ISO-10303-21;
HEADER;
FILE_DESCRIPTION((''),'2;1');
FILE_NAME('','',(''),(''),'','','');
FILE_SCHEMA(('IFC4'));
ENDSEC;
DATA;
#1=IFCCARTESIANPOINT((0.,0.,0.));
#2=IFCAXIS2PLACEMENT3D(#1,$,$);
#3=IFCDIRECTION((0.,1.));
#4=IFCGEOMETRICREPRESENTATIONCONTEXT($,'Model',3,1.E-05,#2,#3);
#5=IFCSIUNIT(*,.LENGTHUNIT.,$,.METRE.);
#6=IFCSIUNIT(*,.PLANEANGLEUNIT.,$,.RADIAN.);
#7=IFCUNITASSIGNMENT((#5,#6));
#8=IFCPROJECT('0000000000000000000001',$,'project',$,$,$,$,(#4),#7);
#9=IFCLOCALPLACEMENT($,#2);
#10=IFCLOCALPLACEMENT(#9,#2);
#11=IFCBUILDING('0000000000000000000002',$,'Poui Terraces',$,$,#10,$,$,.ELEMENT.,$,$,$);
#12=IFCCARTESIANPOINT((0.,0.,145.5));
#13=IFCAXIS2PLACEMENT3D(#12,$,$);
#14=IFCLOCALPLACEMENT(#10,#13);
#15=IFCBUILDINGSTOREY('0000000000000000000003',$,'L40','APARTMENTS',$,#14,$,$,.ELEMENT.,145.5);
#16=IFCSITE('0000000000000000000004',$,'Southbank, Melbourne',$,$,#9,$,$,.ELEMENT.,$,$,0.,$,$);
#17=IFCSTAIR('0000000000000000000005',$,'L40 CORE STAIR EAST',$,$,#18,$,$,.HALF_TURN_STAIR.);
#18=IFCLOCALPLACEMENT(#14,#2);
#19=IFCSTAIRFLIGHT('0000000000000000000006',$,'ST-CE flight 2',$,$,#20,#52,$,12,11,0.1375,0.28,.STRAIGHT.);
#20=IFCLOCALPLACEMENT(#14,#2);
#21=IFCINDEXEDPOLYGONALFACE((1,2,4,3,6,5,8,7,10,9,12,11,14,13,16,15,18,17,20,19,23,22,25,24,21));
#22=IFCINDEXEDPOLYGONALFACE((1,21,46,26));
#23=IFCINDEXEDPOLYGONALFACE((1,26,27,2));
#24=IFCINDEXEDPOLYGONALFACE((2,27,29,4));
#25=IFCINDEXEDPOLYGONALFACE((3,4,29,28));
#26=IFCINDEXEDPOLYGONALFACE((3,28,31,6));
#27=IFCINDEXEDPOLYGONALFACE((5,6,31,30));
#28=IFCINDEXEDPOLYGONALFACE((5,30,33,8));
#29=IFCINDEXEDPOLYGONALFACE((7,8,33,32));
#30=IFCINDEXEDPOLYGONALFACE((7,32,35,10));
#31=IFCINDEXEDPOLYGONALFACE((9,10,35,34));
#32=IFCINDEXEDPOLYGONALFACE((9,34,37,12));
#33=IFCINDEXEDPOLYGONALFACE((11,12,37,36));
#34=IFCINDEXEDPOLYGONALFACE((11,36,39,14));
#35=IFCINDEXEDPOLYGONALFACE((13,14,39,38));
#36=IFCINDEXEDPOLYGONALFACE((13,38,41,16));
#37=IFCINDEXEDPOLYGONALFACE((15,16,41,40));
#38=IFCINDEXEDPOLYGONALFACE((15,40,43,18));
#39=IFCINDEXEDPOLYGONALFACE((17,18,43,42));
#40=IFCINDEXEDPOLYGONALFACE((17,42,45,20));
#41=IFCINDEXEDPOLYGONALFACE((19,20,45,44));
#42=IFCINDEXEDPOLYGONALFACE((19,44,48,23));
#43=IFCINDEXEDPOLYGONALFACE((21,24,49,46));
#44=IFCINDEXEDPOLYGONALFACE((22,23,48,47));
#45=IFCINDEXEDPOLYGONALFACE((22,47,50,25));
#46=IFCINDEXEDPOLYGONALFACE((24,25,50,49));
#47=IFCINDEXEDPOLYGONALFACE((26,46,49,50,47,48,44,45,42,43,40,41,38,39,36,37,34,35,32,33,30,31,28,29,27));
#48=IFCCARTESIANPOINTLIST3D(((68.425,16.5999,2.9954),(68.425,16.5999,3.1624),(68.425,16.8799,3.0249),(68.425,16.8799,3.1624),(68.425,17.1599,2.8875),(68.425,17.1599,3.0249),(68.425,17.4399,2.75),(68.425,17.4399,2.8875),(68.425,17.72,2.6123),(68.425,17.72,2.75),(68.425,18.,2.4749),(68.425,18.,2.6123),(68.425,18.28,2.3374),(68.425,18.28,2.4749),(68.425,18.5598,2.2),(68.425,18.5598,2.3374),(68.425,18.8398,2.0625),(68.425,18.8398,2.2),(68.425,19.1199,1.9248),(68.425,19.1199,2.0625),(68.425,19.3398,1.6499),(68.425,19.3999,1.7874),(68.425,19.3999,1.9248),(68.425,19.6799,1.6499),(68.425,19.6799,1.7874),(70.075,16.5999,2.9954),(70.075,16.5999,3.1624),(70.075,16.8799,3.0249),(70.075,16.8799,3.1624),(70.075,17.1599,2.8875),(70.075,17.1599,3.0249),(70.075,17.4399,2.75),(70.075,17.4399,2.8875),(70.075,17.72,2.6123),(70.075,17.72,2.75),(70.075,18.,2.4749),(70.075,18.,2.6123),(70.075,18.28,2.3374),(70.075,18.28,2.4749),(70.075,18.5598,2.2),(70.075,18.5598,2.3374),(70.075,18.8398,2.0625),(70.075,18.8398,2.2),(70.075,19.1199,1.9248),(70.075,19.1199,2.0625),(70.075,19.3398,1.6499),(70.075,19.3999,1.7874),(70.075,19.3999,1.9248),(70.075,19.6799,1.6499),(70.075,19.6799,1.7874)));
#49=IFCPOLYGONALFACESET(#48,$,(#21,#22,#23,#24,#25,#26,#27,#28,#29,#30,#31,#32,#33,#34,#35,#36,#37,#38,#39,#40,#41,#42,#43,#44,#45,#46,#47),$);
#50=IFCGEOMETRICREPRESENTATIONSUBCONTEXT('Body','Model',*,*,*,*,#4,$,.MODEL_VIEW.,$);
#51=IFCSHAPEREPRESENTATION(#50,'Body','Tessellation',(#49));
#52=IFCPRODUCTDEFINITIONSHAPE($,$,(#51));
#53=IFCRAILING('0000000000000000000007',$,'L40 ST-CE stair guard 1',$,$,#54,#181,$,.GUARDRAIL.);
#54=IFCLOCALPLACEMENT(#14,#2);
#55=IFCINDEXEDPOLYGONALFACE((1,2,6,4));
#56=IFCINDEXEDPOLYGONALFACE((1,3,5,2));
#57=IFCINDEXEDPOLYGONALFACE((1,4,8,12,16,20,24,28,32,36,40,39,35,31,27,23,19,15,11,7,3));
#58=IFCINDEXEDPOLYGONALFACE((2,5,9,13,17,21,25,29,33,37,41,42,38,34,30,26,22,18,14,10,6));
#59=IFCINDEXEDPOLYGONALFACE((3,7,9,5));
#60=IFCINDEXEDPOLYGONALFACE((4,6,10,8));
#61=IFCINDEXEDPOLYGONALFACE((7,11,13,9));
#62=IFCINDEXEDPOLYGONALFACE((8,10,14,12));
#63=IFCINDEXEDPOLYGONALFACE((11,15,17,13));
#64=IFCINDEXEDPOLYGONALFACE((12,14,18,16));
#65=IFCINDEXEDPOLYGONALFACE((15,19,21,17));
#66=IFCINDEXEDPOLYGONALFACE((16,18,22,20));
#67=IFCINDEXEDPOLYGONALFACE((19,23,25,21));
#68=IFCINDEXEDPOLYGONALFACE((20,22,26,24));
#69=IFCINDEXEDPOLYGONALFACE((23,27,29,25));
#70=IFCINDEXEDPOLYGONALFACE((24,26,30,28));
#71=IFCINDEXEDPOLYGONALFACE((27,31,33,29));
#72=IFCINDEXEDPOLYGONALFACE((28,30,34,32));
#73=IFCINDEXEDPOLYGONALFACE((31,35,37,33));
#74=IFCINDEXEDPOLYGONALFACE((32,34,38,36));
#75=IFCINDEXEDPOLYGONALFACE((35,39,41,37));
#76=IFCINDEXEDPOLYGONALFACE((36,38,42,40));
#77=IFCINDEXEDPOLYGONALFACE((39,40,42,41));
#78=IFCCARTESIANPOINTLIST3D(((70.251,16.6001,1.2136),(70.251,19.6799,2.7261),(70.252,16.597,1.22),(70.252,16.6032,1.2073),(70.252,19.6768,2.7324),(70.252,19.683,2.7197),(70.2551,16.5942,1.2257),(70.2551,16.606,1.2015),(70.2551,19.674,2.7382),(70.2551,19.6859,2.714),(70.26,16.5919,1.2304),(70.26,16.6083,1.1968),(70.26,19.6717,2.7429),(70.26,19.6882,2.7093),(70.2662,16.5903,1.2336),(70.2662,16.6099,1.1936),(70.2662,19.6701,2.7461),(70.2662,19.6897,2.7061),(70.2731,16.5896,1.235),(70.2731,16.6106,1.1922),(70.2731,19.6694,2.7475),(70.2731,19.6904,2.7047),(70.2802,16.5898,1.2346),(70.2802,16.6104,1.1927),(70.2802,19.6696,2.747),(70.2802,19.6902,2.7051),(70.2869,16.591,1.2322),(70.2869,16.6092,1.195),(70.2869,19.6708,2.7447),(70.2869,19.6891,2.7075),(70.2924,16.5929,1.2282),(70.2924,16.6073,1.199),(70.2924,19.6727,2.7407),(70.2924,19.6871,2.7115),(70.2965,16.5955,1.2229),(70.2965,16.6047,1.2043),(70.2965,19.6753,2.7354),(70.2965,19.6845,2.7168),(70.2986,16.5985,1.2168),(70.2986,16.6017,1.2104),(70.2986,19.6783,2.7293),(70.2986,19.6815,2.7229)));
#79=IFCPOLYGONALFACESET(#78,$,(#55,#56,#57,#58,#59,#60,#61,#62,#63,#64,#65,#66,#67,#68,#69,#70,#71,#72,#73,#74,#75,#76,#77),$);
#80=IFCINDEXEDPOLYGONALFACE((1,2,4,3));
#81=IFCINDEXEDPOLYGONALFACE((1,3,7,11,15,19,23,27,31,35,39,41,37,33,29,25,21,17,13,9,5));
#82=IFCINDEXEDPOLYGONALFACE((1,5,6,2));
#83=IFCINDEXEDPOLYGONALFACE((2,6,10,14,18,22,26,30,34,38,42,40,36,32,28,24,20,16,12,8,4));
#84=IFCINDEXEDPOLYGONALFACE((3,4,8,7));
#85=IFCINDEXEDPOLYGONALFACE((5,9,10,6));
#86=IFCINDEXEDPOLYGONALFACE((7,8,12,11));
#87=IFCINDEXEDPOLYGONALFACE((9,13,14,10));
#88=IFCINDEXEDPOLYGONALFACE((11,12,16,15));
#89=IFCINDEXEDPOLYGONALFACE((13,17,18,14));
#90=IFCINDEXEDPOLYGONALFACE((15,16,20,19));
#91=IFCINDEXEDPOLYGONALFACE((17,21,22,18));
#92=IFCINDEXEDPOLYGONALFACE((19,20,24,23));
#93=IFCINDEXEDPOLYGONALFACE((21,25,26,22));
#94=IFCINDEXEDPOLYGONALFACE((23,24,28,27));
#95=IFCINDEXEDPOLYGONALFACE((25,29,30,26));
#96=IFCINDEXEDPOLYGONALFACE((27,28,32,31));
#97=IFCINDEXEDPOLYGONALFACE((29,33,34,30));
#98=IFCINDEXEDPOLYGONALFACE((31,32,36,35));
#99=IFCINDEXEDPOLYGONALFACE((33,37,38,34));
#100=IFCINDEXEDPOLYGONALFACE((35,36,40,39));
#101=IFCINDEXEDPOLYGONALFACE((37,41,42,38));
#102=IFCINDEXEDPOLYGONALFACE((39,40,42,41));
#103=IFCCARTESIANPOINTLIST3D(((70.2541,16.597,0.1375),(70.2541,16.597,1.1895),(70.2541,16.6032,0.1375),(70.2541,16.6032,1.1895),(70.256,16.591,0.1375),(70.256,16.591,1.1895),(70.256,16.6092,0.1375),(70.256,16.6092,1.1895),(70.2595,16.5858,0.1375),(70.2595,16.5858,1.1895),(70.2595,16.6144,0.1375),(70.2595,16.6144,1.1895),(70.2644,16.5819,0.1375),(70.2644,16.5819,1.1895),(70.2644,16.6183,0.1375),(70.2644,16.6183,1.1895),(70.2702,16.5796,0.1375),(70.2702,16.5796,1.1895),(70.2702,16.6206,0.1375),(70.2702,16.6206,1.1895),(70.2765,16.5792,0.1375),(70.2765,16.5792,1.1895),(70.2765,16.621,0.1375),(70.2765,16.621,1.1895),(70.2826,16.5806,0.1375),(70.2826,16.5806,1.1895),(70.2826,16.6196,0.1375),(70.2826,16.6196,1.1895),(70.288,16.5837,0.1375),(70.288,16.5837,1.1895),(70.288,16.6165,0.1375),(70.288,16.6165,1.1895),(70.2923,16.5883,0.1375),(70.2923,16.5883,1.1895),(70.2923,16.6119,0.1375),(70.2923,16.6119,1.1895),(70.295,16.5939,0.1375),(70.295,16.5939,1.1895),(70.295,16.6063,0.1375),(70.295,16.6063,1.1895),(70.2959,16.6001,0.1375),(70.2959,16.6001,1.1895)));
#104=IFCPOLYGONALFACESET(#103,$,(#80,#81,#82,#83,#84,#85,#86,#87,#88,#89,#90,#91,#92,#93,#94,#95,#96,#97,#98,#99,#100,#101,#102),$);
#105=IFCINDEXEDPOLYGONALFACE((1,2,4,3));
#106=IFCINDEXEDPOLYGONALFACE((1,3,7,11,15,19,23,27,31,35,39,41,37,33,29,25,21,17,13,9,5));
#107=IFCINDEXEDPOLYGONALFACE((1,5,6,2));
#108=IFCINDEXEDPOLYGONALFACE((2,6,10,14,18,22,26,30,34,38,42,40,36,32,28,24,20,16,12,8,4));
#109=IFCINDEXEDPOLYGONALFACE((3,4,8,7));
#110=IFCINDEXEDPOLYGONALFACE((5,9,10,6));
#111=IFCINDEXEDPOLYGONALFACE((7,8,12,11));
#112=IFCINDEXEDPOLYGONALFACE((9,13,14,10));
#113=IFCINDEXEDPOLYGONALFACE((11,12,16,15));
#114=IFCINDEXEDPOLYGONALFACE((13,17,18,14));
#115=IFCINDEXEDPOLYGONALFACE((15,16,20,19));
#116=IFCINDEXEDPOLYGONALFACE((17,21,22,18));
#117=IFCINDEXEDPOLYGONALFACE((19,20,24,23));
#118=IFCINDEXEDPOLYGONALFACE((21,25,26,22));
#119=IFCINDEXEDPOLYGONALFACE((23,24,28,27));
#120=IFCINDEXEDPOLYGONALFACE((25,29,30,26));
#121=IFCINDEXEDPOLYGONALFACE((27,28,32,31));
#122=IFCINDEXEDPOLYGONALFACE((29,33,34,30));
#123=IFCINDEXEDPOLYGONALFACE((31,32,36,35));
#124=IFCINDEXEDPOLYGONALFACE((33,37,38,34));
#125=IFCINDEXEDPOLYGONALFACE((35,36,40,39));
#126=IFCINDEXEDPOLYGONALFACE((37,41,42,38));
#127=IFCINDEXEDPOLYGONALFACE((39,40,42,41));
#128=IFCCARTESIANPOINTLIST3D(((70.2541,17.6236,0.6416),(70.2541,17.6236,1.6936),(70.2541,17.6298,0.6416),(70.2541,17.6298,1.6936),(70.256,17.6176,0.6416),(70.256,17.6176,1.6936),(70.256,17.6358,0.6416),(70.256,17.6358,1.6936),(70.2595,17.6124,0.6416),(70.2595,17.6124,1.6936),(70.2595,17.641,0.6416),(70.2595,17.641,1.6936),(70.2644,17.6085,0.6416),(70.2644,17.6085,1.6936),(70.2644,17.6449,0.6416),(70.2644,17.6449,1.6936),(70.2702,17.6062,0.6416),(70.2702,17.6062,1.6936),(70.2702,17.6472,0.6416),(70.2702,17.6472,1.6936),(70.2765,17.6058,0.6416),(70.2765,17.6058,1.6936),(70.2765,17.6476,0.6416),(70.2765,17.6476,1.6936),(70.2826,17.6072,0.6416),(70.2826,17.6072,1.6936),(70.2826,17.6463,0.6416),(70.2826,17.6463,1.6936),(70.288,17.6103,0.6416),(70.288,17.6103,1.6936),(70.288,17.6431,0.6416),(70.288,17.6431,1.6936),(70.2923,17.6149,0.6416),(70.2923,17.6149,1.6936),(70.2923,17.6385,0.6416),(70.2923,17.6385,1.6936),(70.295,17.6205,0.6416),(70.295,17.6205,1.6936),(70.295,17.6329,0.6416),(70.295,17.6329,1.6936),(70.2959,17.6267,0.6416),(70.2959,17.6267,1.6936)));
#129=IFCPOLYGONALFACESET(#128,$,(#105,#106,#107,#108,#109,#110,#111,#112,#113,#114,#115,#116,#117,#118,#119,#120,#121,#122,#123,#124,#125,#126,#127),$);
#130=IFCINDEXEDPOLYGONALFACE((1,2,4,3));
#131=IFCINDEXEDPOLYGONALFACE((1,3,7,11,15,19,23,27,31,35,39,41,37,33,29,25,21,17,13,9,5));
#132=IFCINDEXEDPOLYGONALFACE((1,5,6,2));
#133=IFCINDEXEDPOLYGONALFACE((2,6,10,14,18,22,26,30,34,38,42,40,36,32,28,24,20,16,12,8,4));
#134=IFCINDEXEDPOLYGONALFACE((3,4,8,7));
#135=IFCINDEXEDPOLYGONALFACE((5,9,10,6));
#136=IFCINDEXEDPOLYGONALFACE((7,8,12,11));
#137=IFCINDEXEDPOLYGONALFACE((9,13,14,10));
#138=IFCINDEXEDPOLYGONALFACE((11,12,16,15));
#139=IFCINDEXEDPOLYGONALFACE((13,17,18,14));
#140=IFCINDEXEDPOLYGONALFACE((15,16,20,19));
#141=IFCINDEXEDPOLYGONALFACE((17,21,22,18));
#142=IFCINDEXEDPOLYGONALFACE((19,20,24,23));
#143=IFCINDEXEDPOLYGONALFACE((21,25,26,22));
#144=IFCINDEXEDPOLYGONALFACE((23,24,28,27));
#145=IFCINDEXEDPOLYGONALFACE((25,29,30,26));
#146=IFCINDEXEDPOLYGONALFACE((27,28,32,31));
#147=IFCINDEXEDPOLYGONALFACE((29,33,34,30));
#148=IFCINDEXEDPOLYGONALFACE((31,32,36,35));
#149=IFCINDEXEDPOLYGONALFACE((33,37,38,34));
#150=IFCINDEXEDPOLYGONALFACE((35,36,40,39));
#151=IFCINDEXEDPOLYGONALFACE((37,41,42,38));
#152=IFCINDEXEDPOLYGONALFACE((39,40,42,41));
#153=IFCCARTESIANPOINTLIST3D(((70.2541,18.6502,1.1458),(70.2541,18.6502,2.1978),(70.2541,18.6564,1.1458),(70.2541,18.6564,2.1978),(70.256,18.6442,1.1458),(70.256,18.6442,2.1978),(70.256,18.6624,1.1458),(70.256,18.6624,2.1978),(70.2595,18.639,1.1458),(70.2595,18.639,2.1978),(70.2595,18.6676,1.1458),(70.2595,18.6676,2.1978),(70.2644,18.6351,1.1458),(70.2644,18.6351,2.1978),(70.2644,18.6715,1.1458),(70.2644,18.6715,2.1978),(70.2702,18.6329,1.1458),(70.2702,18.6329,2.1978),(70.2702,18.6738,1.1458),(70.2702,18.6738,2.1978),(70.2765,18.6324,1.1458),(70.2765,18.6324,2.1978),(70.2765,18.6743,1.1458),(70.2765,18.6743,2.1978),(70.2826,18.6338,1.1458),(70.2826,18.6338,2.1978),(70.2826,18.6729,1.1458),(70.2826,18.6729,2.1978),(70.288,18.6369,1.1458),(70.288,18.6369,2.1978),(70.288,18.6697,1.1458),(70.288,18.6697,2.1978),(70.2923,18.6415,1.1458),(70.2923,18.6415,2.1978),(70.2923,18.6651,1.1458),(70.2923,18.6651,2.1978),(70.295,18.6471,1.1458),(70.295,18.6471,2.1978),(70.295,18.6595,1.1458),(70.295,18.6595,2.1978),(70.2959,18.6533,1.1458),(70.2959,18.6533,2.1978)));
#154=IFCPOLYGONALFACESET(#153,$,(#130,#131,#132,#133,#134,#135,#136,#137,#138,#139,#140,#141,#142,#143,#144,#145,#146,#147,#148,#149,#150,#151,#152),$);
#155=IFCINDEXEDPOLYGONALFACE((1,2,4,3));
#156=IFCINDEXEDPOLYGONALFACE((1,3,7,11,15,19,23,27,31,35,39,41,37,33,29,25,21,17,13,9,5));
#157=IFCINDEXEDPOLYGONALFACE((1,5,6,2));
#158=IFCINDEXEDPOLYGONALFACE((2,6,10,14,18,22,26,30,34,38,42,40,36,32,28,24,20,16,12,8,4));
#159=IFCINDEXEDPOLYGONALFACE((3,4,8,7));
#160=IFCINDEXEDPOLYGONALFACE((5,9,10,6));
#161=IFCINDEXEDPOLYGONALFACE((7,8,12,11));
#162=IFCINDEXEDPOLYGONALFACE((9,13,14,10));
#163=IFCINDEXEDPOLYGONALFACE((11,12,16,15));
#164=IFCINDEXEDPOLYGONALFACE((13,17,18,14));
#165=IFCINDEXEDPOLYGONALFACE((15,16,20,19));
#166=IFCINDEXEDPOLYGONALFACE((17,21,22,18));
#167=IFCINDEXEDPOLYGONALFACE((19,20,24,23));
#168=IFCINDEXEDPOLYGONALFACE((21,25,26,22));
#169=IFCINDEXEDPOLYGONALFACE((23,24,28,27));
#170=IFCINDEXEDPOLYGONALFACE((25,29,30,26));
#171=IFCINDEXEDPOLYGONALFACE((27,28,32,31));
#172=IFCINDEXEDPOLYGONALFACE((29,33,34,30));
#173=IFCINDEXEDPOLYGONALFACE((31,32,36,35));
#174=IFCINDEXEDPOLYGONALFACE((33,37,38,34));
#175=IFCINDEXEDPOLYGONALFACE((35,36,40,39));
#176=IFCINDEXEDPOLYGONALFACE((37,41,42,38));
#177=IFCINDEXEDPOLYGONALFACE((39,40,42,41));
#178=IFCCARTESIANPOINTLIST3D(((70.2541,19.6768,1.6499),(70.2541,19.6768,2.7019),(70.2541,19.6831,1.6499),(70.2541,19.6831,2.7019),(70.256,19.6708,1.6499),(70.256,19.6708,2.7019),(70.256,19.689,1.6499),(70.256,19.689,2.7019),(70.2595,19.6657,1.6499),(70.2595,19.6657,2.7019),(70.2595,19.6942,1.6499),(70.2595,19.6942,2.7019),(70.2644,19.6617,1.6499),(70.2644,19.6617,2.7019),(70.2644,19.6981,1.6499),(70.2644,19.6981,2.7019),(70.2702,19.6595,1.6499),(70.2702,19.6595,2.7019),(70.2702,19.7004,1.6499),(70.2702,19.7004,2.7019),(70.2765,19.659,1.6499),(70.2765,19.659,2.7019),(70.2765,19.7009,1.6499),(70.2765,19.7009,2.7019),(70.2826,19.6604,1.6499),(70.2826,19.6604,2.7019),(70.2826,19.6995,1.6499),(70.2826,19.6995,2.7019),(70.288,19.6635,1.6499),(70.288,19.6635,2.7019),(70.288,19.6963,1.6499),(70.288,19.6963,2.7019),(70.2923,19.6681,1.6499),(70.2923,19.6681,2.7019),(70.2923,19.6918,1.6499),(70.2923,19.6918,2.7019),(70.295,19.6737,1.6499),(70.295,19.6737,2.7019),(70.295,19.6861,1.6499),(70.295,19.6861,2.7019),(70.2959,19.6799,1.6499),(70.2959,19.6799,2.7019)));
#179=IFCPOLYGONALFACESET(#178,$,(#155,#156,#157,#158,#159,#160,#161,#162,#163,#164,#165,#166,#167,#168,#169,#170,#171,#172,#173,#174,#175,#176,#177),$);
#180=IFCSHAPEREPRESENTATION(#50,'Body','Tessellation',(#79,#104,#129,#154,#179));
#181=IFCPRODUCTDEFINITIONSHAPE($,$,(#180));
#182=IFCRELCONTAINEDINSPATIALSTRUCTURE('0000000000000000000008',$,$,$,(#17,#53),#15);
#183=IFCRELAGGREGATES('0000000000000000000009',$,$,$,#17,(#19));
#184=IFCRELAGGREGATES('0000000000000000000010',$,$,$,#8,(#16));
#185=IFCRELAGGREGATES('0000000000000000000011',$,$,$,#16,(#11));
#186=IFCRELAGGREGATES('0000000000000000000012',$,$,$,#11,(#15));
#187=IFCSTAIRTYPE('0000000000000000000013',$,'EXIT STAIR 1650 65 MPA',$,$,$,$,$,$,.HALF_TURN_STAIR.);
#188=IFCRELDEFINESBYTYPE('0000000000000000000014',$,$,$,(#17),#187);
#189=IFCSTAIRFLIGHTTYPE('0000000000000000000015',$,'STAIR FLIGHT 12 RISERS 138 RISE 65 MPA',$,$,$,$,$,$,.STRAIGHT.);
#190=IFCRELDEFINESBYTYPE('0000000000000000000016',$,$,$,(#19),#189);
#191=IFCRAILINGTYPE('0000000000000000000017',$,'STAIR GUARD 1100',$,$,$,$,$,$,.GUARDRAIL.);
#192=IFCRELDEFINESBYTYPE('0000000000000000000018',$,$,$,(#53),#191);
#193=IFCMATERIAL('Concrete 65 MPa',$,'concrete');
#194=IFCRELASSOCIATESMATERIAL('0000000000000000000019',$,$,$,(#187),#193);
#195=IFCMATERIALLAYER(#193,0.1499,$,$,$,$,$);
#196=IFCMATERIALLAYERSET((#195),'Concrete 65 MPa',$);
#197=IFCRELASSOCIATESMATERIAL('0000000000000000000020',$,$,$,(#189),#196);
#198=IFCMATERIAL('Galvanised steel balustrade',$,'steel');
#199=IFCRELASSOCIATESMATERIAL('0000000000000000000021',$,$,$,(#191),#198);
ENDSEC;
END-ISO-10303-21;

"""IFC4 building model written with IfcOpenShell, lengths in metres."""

from ifc_helpers import new_model, si_unit, direction, frame, origin, origin_2d, place, context, subcontext, project, spatial, polyline, circle, outline, extrude, material, layer, layer_set, type_object, element, aggregate, save


model = new_model("IFC4")

# Units and contexts
model_context = context("Model", 3, precision=1e-05, world=origin(), true_north=direction((0.0, 1.0)))
body_context = subcontext(model_context, "Body", "Model", "MODEL_VIEW")
ifc_project = project(units=[si_unit("LENGTHUNIT", "METRE"), si_unit("PLANEANGLEUNIT", "RADIAN")], contexts=[model_context])

# Site, building, storey
site_placement = place(None, origin())
site = spatial("IfcSite", under=ifc_project, at=site_placement, Name="Southbank, Melbourne", CompositionType="ELEMENT", RefElevation=0.0)
building_placement = place(site_placement, origin())
building = spatial("IfcBuilding", under=site, at=building_placement, Name="Poui Terraces", CompositionType="ELEMENT")
storey_placement = place(building_placement, frame((0.0, 0.0, 145.5)))
storey = spatial("IfcBuildingStorey", under=building, at=storey_placement, Name="L40", Description="APARTMENTS", CompositionType="ELEMENT", Elevation=145.5)

# Shared definitions
ifc_material_1 = material(Name="Concrete 65 MPa", Category="concrete")

# Stair, stair flight
stair_type = type_object("IfcStairType", Name="EXIT STAIR 1650 65 MPA", PredefinedType="HALF_TURN_STAIR", material=ifc_material_1)
stair_placement = place(storey_placement, origin())
stair = element("IfcStair", 1, at=stair_placement, inside=storey, type_object=stair_type, Name="L40 CORE STAIR EAST", PredefinedType="HALF_TURN_STAIR")
ifc_layer_1 = layer(ifc_material_1, 0.1499)
ifc_layer_set_1 = layer_set([ifc_layer_1], Name="Concrete 65 MPa")
stair_flight_type = type_object("IfcStairFlightType", Name="STAIR FLIGHT 12 RISERS 138 RISE 65 MPA", PredefinedType="STRAIGHT", material=ifc_layer_set_1)
stair_flight_1_placement = place(storey_placement, frame((69.25, 19.6799, 1.6499), z_axis=(0.0, 0.0, 1.0), x_axis=(0.0, -1.0, 0.0)))
stair_flight_1 = element("IfcStairFlight", 2, at=stair_flight_1_placement, type_object=stair_flight_type, Name="ST-CE flight 2", NumberOfRisers=12, NumberOfTreads=11, PredefinedType="STRAIGHT", RiserHeight=0.1375, TreadLength=0.28, context=body_context, shape_type="SweptSolid", body=[
    extrude(outline(polyline([(0.0, 0.0), (0.0, 0.1375), (0.28, 0.1375), (0.28, 0.2749), (0.5601, 0.2749), (0.5601, 0.4126), (0.8401, 0.4126), (0.8401, 0.55), (1.1201, 0.55), (1.1201, 0.6875), (1.3999, 0.6875), (1.3999, 0.825), (1.6799, 0.825), (1.6799, 0.9624), (1.96, 0.9624), (1.96, 1.1001), (2.24, 1.1001), (2.24, 1.2375), (2.52, 1.2375), (2.52, 1.375), (2.8, 1.375), (2.8, 1.5125), (3.0801, 1.5125), (3.0801, 1.6499), (3.0801, 1.3455), (0.3401, 0.0), (0.0, 0.0)])), frame((0.0, 0.825, 0.0), z_axis=(0.0, -1.0, 0.0), x_axis=(1.0, 0.0, 0.0)), (0.0, 0.0, 1.0), 1.6499),
])
aggregate(stair, [stair_flight_1])

# Railing
ifc_material_2 = material(Name="Galvanised steel balustrade", Category="steel")
railing_type_1 = type_object("IfcRailingType", Name="STAIR GUARD 1100", PredefinedType="GUARDRAIL", material=ifc_material_2)
railing_1_placement = place(storey_placement, frame((70.2749, 16.6001, 0.1375)))
element("IfcRailing", 3, at=railing_1_placement, inside=storey, type_object=railing_type_1, Name="L40 ST-CE stair guard 1", PredefinedType="GUARDRAIL", context=body_context, shape_type="SweptSolid", body=[
    extrude(circle(Radius=0.0239, at=origin_2d()), frame((0.0, 0.0, 1.0762), z_axis=(0.0, 0.897606, 0.440798), x_axis=(-1.0, 0.0, 0.0)), (0.0, 0.0, 1.0), 3.4312),
    extrude(circle(Radius=0.021, at=origin_2d()), origin(), (0.0, 0.0, 1.0), 1.052),
    extrude(circle(Radius=0.021, at=origin_2d()), frame((0.0, 1.0266, 0.5042)), (0.0, 0.0, 1.0), 1.052),
    extrude(circle(Radius=0.021, at=origin_2d()), frame((0.0, 2.0532, 1.0083)), (0.0, 0.0, 1.0), 1.052),
    extrude(circle(Radius=0.021, at=origin_2d()), frame((0.0, 3.0798, 1.5125)), (0.0, 0.0, 1.0), 1.052),
])

save(model, "model.ifc")
